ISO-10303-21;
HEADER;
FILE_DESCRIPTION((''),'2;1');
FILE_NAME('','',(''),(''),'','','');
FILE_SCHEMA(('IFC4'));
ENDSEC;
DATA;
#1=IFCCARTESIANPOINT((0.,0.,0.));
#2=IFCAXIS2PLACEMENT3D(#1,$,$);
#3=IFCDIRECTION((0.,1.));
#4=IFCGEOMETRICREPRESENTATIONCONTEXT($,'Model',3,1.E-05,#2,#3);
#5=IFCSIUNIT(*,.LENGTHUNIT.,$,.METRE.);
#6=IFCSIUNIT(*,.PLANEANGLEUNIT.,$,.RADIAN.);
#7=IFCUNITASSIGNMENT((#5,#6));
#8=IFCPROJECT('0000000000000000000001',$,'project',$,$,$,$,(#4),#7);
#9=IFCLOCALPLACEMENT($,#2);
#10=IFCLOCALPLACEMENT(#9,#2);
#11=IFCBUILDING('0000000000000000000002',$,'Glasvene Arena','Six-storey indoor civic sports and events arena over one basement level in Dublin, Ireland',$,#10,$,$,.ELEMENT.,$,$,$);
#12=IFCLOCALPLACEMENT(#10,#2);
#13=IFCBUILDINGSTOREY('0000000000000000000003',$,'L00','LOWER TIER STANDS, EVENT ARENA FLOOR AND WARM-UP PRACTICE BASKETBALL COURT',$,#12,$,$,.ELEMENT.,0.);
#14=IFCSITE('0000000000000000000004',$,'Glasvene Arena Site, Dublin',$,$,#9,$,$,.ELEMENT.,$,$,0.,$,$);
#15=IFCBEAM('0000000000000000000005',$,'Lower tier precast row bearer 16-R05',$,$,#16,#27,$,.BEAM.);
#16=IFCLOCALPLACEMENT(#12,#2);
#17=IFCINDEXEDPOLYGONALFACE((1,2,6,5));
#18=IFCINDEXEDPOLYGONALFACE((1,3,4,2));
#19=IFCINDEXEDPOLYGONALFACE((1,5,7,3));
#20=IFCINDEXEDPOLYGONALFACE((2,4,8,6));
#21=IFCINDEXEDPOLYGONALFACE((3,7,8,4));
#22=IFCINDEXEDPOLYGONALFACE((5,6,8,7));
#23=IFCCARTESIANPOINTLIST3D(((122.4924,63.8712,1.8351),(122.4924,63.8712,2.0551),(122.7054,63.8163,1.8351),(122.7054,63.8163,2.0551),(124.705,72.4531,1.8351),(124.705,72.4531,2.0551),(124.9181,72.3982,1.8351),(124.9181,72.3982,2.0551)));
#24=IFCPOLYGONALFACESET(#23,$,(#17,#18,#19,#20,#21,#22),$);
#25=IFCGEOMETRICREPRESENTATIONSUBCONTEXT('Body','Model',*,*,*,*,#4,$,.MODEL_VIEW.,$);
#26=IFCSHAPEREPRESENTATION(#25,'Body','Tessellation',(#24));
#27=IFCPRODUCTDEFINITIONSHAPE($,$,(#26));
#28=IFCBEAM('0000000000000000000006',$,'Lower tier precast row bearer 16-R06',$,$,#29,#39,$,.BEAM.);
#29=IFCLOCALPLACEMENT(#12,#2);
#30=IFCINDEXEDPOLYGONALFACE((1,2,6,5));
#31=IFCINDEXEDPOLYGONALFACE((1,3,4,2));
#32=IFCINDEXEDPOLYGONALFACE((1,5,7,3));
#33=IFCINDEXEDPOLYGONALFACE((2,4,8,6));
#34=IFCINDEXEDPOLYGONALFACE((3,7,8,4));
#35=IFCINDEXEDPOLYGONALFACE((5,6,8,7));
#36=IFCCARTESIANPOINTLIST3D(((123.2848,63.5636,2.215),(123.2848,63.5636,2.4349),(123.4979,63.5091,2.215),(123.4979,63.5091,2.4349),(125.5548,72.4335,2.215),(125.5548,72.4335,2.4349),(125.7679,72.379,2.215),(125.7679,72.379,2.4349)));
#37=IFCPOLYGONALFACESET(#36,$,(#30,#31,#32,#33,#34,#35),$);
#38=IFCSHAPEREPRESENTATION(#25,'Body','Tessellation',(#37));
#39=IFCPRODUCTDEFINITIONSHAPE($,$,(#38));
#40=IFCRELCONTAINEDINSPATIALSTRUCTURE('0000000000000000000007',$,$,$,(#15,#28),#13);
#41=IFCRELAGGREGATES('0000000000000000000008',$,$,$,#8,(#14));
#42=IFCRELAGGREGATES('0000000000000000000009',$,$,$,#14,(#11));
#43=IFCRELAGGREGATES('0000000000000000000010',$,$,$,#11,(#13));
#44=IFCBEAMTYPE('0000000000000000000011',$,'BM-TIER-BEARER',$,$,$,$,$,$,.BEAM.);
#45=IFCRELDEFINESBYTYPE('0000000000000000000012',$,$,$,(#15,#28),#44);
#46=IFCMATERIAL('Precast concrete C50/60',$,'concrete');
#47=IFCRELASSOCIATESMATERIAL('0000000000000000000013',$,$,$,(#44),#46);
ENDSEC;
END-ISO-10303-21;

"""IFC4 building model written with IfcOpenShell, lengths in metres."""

from ifc_helpers import new_model, si_unit, direction, frame, origin, origin_2d, place, context, subcontext, project, spatial, rectangle, extrude, material, material_profile, profile_set, type_object, element, save


model = new_model("IFC4")

# Units and contexts
model_context = context("Model", 3, precision=1e-05, world=origin(), true_north=direction((0.0, 1.0)))
body_context = subcontext(model_context, "Body", "Model", "MODEL_VIEW")
ifc_project = project(units=[si_unit("LENGTHUNIT", "METRE"), si_unit("PLANEANGLEUNIT", "RADIAN")], contexts=[model_context])

# Site, building, storey
site_placement = place(None, origin())
site = spatial("IfcSite", under=ifc_project, at=site_placement, Name="Glasvene Arena Site, Dublin", CompositionType="ELEMENT", RefElevation=0.0)
building_placement = place(site_placement, origin())
building = spatial("IfcBuilding", under=site, at=building_placement, Name="Glasvene Arena", Description="Six-storey indoor civic sports and events arena over one basement level in Dublin, Ireland", CompositionType="ELEMENT")
storey_placement = place(building_placement, origin())
storey = spatial("IfcBuildingStorey", under=building, at=storey_placement, Name="L00", Description="LOWER TIER STANDS, EVENT ARENA FLOOR AND WARM-UP PRACTICE BASKETBALL COURT", CompositionType="ELEMENT", Elevation=0.0)

# Beams
ifc_material_1 = material(Name="Precast concrete C50/60", Category="concrete")
ifc_material_profile_1 = material_profile(ifc_material_1, rectangle(XDim=0.22, YDim=0.22, at=origin_2d()), Name="RC 220x220")
ifc_profile_set_1 = profile_set([ifc_material_profile_1], Name="Precast concrete C50/60")
beam_type_1 = type_object("IfcBeamType", Name="BM-TIER-BEARER", PredefinedType="BEAM", material=ifc_profile_set_1)
beam_1_placement = place(storey_placement, frame((122.5989, 63.8438, 1.9451), z_axis=(0.249666, 0.968332, 0.0), x_axis=(-0.968332, 0.249666, 0.0)))
element("IfcBeam", 1, at=beam_1_placement, inside=storey, type_object=beam_type_1, Name="Lower tier precast row bearer 16-R05", PredefinedType="BEAM", context=body_context, shape_type="SweptSolid", body=[
    extrude(rectangle(XDim=0.22, YDim=0.22, at=origin_2d()), origin(), (0.0, 0.0, 1.0), 8.8625),
])
beam_2_placement = place(storey_placement, frame((123.3914, 63.5364, 2.325), z_axis=(0.247934, 0.968777, 0.0), x_axis=(-0.968777, 0.247934, 0.0)))
element("IfcBeam", 2, at=beam_2_placement, inside=storey, type_object=beam_type_1, Name="Lower tier precast row bearer 16-R06", PredefinedType="BEAM", context=body_context, shape_type="SweptSolid", body=[
    extrude(rectangle(XDim=0.22, YDim=0.22, at=origin_2d()), origin(), (0.0, 0.0, 1.0), 9.1558),
])

save(model, "model.ifc")
